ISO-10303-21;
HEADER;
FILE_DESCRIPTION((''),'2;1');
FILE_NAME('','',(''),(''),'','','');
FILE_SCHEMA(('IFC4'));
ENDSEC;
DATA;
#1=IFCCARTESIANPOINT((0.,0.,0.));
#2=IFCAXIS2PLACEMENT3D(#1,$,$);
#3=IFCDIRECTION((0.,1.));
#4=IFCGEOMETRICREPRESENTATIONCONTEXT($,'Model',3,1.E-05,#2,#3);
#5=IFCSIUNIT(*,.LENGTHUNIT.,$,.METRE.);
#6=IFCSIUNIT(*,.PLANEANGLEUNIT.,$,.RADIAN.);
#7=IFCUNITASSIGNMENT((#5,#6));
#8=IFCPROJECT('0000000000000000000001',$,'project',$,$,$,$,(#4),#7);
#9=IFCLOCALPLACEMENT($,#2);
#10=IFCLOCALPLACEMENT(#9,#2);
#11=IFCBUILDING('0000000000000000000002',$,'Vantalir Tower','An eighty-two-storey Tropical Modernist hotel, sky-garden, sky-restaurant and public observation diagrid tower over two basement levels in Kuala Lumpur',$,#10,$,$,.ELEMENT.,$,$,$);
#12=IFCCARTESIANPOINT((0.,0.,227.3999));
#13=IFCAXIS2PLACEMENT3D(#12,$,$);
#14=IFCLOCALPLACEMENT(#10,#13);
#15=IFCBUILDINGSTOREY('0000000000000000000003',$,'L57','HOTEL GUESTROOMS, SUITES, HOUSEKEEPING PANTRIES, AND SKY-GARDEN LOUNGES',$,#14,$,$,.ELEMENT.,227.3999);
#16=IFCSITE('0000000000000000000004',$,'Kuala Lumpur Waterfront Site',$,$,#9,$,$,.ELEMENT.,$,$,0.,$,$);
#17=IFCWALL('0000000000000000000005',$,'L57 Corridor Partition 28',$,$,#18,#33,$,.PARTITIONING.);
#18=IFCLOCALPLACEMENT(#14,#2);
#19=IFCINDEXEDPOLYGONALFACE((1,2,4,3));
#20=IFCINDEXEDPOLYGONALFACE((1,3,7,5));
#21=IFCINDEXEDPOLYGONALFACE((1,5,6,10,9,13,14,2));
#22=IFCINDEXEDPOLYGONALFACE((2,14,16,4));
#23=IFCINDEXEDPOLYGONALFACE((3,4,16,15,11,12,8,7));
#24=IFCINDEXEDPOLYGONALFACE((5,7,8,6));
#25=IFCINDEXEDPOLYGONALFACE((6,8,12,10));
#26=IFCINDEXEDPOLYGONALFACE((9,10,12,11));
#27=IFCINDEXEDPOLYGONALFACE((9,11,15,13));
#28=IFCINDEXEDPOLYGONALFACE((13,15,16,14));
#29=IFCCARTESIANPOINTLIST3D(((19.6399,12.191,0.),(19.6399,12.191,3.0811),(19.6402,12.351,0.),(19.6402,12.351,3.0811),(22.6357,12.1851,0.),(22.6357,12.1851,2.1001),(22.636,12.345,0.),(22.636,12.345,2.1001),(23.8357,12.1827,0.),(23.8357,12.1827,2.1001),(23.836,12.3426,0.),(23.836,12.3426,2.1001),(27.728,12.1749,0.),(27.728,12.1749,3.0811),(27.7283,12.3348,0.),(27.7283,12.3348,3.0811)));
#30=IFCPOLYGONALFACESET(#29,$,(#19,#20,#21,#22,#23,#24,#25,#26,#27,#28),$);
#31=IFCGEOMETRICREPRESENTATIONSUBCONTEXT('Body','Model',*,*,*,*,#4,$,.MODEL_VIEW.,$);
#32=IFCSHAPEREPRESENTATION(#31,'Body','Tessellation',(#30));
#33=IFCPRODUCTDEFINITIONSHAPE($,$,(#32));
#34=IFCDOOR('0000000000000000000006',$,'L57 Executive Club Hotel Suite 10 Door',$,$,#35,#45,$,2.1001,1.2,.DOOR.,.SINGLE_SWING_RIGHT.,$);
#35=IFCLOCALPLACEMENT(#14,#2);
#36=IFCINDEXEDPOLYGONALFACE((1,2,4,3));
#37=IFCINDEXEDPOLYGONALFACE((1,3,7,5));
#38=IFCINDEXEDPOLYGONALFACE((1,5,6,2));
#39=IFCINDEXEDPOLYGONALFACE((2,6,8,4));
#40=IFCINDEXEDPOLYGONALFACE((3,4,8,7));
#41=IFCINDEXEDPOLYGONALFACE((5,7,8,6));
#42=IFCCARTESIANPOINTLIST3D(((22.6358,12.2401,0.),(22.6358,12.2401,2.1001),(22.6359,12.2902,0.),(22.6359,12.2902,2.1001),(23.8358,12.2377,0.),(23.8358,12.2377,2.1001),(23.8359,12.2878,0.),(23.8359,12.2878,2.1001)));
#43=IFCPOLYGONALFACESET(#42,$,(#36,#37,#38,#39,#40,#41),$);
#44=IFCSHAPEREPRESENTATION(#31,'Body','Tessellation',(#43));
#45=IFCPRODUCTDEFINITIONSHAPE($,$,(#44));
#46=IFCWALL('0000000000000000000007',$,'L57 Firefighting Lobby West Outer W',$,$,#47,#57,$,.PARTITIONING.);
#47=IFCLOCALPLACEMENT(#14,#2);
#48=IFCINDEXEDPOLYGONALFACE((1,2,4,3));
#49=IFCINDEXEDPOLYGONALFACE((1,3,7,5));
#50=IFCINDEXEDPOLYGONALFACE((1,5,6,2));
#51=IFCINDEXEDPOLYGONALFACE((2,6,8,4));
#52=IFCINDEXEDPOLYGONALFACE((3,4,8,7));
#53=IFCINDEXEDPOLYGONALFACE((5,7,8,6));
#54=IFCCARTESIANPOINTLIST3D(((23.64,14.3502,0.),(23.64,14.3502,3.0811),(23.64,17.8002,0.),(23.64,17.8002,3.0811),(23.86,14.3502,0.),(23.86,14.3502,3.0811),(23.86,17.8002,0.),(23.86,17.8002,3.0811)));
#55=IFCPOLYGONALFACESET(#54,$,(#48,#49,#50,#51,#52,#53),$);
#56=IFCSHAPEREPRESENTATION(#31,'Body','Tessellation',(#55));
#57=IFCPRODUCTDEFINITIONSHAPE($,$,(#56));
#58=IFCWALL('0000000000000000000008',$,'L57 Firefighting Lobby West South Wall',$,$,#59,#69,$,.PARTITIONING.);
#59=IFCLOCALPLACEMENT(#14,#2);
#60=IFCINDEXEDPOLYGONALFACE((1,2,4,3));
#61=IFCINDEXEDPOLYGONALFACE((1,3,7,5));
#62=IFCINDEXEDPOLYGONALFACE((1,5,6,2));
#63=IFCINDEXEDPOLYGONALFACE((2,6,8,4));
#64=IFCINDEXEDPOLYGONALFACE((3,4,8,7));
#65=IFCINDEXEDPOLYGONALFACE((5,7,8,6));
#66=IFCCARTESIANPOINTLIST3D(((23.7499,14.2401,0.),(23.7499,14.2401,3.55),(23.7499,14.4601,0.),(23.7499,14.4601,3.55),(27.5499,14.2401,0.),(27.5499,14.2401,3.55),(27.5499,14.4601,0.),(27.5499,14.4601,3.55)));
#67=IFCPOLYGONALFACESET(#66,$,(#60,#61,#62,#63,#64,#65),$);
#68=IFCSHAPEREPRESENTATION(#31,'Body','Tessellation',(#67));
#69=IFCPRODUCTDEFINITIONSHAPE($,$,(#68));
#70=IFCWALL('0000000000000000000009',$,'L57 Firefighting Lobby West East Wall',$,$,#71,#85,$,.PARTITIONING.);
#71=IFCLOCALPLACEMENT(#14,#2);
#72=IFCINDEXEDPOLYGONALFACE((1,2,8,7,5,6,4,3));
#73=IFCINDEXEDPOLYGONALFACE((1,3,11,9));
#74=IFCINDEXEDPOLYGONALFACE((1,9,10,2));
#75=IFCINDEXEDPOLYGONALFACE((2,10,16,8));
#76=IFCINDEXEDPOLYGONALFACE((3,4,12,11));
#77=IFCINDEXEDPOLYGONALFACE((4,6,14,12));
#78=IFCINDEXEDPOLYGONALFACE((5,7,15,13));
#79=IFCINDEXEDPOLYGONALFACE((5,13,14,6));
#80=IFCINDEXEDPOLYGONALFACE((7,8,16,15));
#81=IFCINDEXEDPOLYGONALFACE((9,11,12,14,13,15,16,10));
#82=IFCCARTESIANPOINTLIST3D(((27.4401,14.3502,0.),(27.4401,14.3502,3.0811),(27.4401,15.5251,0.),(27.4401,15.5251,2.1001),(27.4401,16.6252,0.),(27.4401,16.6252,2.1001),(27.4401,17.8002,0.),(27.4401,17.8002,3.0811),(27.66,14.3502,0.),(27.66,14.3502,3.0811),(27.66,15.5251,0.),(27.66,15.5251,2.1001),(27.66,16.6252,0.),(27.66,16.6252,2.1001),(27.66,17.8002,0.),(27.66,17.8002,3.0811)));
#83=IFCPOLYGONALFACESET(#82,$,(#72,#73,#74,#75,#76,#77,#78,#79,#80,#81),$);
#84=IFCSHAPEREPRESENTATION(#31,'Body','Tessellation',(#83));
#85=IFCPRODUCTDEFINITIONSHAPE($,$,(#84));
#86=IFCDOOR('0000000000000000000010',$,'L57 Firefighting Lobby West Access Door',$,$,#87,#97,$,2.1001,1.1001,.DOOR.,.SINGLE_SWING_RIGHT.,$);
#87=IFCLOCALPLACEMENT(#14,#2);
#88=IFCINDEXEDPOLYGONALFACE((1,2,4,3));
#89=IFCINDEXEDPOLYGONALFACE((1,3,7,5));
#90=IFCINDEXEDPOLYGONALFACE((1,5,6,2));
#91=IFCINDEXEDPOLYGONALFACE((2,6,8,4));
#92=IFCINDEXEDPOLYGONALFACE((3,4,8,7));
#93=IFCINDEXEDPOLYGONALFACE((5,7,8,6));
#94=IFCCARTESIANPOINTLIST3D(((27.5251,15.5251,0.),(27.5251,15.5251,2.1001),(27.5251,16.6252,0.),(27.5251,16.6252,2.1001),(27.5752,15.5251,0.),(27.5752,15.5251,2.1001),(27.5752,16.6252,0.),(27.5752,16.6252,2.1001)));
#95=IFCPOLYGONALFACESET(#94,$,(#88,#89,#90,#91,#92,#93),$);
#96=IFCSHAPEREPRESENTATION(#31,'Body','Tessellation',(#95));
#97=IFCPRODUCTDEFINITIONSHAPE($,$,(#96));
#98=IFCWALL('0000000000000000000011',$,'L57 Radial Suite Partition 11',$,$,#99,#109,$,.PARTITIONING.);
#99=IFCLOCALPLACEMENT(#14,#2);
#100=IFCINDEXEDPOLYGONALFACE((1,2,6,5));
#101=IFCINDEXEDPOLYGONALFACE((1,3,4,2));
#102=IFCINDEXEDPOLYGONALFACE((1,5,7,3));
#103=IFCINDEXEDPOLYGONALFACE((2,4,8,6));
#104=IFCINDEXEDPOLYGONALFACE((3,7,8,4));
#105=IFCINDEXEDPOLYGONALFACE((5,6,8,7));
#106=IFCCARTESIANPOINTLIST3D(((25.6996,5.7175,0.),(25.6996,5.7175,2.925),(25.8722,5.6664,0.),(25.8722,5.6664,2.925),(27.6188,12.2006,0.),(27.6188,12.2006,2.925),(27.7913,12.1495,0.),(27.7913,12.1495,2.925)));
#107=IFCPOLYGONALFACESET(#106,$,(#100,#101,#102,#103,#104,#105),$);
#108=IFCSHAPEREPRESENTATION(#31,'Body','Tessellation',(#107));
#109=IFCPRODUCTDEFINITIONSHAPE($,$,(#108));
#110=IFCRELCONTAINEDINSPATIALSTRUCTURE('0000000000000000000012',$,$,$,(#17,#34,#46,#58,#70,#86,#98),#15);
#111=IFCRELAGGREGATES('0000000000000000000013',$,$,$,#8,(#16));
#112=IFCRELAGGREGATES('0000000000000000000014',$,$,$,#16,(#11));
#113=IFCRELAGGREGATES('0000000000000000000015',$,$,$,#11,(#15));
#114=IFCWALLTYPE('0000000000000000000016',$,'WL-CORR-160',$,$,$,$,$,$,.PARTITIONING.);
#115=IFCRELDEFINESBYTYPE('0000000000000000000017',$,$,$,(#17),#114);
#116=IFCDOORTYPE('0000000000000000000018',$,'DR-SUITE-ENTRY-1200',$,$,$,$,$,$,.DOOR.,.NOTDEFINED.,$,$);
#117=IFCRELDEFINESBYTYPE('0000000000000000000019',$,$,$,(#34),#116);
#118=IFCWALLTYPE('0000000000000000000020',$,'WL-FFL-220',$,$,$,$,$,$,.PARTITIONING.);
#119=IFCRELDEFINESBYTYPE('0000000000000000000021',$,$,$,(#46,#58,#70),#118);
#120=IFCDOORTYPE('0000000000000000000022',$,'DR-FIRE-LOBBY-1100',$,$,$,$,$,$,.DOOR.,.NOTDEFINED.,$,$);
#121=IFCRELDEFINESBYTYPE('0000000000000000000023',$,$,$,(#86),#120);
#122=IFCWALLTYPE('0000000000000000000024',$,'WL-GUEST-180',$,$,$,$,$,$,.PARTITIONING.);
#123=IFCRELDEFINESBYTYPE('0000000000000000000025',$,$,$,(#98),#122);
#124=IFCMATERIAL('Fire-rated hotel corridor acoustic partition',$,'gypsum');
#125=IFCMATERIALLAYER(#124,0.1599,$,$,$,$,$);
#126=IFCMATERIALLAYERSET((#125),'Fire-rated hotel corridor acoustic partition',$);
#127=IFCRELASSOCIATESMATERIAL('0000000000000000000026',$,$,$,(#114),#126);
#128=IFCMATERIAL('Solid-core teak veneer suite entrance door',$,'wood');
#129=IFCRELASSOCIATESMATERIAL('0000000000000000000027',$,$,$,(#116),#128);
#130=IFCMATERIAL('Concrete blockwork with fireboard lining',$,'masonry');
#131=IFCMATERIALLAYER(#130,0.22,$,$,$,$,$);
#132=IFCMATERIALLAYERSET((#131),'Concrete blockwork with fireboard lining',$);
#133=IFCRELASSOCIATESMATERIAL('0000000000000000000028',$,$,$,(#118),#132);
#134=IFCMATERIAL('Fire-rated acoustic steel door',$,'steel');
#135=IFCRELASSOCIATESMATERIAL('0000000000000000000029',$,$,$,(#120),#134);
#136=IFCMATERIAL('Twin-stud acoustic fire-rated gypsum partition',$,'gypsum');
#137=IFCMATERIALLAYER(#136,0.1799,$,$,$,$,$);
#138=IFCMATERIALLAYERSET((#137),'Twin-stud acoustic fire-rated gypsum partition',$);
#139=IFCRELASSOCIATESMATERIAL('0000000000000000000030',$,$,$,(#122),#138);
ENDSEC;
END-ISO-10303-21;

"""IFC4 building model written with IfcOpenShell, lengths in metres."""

from ifc_helpers import new_model, si_unit, direction, frame, frame_2d, origin, place, context, subcontext, project, spatial, rectangle, extrude, material, layer, layer_set, type_object, element, fill, save


model = new_model("IFC4")

# Units and contexts
model_context = context("Model", 3, precision=1e-05, world=origin(), true_north=direction((0.0, 1.0)))
body_context = subcontext(model_context, "Body", "Model", "MODEL_VIEW")
ifc_project = project(units=[si_unit("LENGTHUNIT", "METRE"), si_unit("PLANEANGLEUNIT", "RADIAN")], contexts=[model_context])

# Site, building, storey
site_placement = place(None, origin())
site = spatial("IfcSite", under=ifc_project, at=site_placement, Name="Kuala Lumpur Waterfront Site", CompositionType="ELEMENT", RefElevation=0.0)
building_placement = place(site_placement, origin())
building = spatial("IfcBuilding", under=site, at=building_placement, Name="Vantalir Tower", Description="An eighty-two-storey Tropical Modernist hotel, sky-garden, sky-restaurant and public observation diagrid tower over two basement levels in Kuala Lumpur", CompositionType="ELEMENT")
storey_placement = place(building_placement, frame((0.0, 0.0, 227.3999)))
storey = spatial("IfcBuildingStorey", under=building, at=storey_placement, Name="L57", Description="HOTEL GUESTROOMS, SUITES, HOUSEKEEPING PANTRIES, AND SKY-GARDEN LOUNGES", CompositionType="ELEMENT", Elevation=227.3999)

# Shared definitions
ifc_material_1 = material(Name="Fire-rated hotel corridor acoustic partition", Category="gypsum")
ifc_layer_1 = layer(ifc_material_1, 0.1599)
ifc_layer_set_1 = layer_set([ifc_layer_1], Name="Fire-rated hotel corridor acoustic partition")
wall_type_1 = type_object("IfcWallType", Name="WL-CORR-160", PredefinedType="PARTITIONING", material=ifc_layer_set_1)

# Wall, opening, door
wall_1_placement = place(storey_placement, frame((27.728, 12.2549, 0.0), z_axis=(0.0, 0.0, 1.0), x_axis=(-0.999998, 0.001992, 0.0)))
wall_1 = element("IfcWall", 1, at=wall_1_placement, inside=storey, type_object=wall_type_1, Name="L57 Corridor Partition 28", PredefinedType="PARTITIONING", context=body_context, shape_type="SweptSolid", body=[
    extrude(rectangle(XDim=8.0881, YDim=0.1599, at=frame_2d((4.0439, 0.0))), origin(), (0.0, 0.0, 1.0), 3.0811),
])
opening_1_placement = place(wall_1_placement, frame((3.8921, 0.0, 0.0)))
opening_1 = element("IfcOpeningElement", 2, at=opening_1_placement, cuts=wall_1, PredefinedType="OPENING", context=body_context, shape_type="SweptSolid", body=[
    extrude(rectangle(XDim=1.2, YDim=2.1001, at=frame_2d((0.6001, 1.05))), frame((0.0, 0.0898, 0.0), z_axis=(0.0, -1.0, 0.0), x_axis=(1.0, 0.0, 0.0)), (0.0, 0.0, 1.0), 0.1799),
])
ifc_material_2 = material(Name="Solid-core teak veneer suite entrance door", Category="wood")
door_type_1 = type_object("IfcDoorType", Name="DR-SUITE-ENTRY-1200", OperationType="NOTDEFINED", PredefinedType="DOOR", material=ifc_material_2)
door_1_placement = place(opening_1_placement, origin())
door_1 = element("IfcDoor", 3, at=door_1_placement, inside=storey, type_object=door_type_1, Name="L57 Executive Club Hotel Suite 10 Door", OperationType="SINGLE_SWING_RIGHT", OverallHeight=2.1001, OverallWidth=1.2, PredefinedType="DOOR", context=body_context, shape_type="SweptSolid", body=[
    extrude(rectangle(XDim=1.2, YDim=2.1001, at=frame_2d((0.6001, 1.05))), frame((0.0, 0.0249, 0.0), z_axis=(0.0, -1.0, 0.0), x_axis=(1.0, 0.0, 0.0)), (0.0, 0.0, 1.0), 0.05),
])
fill(opening_1, door_1)

# Walls
ifc_material_3 = material(Name="Concrete blockwork with fireboard lining", Category="masonry")
ifc_layer_2 = layer(ifc_material_3, 0.22)
ifc_layer_set_2 = layer_set([ifc_layer_2], Name="Concrete blockwork with fireboard lining")
wall_type_2 = type_object("IfcWallType", Name="WL-FFL-220", PredefinedType="PARTITIONING", material=ifc_layer_set_2)
wall_2_placement = place(storey_placement, frame((23.75, 14.3501, 0.0), z_axis=(0.0, 0.0, 1.0), x_axis=(0.0, 1.0, 0.0)))
element("IfcWall", 4, at=wall_2_placement, inside=storey, type_object=wall_type_2, Name="L57 Firefighting Lobby West Outer W", PredefinedType="PARTITIONING", context=body_context, shape_type="SweptSolid", body=[
    extrude(rectangle(XDim=3.45, YDim=0.22, at=frame_2d((1.7251, 0.0))), origin(), (0.0, 0.0, 1.0), 3.0811),
])
wall_3_placement = place(storey_placement, frame((23.75, 14.3501, 0.0), z_axis=(0.0, 0.0, 1.0), x_axis=(1.0, 0.0, 0.0)))
element("IfcWall", 5, at=wall_3_placement, inside=storey, type_object=wall_type_2, Name="L57 Firefighting Lobby West South Wall", PredefinedType="PARTITIONING", context=body_context, shape_type="SweptSolid", body=[
    extrude(rectangle(XDim=3.8, YDim=0.22, at=frame_2d((1.8999, 0.0))), origin(), (0.0, 0.0, 1.0), 3.55),
])

# Wall, opening, door
wall_4_placement = place(storey_placement, frame((27.55, 14.3501, 0.0), z_axis=(0.0, 0.0, 1.0), x_axis=(0.0, 1.0, 0.0)))
wall_4 = element("IfcWall", 6, at=wall_4_placement, inside=storey, type_object=wall_type_2, Name="L57 Firefighting Lobby West East Wall", PredefinedType="PARTITIONING", context=body_context, shape_type="SweptSolid", body=[
    extrude(rectangle(XDim=3.45, YDim=0.22, at=frame_2d((1.7251, 0.0))), origin(), (0.0, 0.0, 1.0), 3.0811),
])
opening_2_placement = place(wall_4_placement, frame((1.175, 0.0, 0.0)))
opening_2 = element("IfcOpeningElement", 7, at=opening_2_placement, cuts=wall_4, PredefinedType="OPENING", context=body_context, shape_type="SweptSolid", body=[
    extrude(rectangle(XDim=1.1001, YDim=2.1001, at=frame_2d((0.55, 1.05))), frame((0.0, 0.1199, 0.0), z_axis=(0.0, -1.0, 0.0), x_axis=(1.0, 0.0, 0.0)), (0.0, 0.0, 1.0), 0.24),
])
ifc_material_4 = material(Name="Fire-rated acoustic steel door", Category="steel")
door_type_2 = type_object("IfcDoorType", Name="DR-FIRE-LOBBY-1100", OperationType="NOTDEFINED", PredefinedType="DOOR", material=ifc_material_4)
door_2_placement = place(opening_2_placement, origin())
door_2 = element("IfcDoor", 8, at=door_2_placement, inside=storey, type_object=door_type_2, Name="L57 Firefighting Lobby West Access Door", OperationType="SINGLE_SWING_RIGHT", OverallHeight=2.1001, OverallWidth=1.1001, PredefinedType="DOOR", context=body_context, shape_type="SweptSolid", body=[
    extrude(rectangle(XDim=1.1001, YDim=2.1001, at=frame_2d((0.55, 1.05))), frame((0.0, 0.0249, 0.0), z_axis=(0.0, -1.0, 0.0), x_axis=(1.0, 0.0, 0.0)), (0.0, 0.0, 1.0), 0.05),
])
fill(opening_2, door_2)

# Wall
ifc_material_5 = material(Name="Twin-stud acoustic fire-rated gypsum partition", Category="gypsum")
ifc_layer_3 = layer(ifc_material_5, 0.1799)
ifc_layer_set_3 = layer_set([ifc_layer_3], Name="Twin-stud acoustic fire-rated gypsum partition")
wall_type_3 = type_object("IfcWallType", Name="WL-GUEST-180", PredefinedType="PARTITIONING", material=ifc_layer_set_3)
wall_5_placement = place(storey_placement, frame((27.7051, 12.175, 0.0), z_axis=(0.0, 0.0, 1.0), x_axis=(-0.283851, -0.958868, 0.0)))
element("IfcWall", 9, at=wall_5_placement, inside=storey, type_object=wall_type_3, Name="L57 Radial Suite Partition 11", PredefinedType="PARTITIONING", context=body_context, shape_type="SweptSolid", body=[
    extrude(rectangle(XDim=6.7612, YDim=0.1799, at=frame_2d((3.3806, 0.0))), origin(), (0.0, 0.0, 1.0), 2.925),
])

save(model, "model.ifc")
